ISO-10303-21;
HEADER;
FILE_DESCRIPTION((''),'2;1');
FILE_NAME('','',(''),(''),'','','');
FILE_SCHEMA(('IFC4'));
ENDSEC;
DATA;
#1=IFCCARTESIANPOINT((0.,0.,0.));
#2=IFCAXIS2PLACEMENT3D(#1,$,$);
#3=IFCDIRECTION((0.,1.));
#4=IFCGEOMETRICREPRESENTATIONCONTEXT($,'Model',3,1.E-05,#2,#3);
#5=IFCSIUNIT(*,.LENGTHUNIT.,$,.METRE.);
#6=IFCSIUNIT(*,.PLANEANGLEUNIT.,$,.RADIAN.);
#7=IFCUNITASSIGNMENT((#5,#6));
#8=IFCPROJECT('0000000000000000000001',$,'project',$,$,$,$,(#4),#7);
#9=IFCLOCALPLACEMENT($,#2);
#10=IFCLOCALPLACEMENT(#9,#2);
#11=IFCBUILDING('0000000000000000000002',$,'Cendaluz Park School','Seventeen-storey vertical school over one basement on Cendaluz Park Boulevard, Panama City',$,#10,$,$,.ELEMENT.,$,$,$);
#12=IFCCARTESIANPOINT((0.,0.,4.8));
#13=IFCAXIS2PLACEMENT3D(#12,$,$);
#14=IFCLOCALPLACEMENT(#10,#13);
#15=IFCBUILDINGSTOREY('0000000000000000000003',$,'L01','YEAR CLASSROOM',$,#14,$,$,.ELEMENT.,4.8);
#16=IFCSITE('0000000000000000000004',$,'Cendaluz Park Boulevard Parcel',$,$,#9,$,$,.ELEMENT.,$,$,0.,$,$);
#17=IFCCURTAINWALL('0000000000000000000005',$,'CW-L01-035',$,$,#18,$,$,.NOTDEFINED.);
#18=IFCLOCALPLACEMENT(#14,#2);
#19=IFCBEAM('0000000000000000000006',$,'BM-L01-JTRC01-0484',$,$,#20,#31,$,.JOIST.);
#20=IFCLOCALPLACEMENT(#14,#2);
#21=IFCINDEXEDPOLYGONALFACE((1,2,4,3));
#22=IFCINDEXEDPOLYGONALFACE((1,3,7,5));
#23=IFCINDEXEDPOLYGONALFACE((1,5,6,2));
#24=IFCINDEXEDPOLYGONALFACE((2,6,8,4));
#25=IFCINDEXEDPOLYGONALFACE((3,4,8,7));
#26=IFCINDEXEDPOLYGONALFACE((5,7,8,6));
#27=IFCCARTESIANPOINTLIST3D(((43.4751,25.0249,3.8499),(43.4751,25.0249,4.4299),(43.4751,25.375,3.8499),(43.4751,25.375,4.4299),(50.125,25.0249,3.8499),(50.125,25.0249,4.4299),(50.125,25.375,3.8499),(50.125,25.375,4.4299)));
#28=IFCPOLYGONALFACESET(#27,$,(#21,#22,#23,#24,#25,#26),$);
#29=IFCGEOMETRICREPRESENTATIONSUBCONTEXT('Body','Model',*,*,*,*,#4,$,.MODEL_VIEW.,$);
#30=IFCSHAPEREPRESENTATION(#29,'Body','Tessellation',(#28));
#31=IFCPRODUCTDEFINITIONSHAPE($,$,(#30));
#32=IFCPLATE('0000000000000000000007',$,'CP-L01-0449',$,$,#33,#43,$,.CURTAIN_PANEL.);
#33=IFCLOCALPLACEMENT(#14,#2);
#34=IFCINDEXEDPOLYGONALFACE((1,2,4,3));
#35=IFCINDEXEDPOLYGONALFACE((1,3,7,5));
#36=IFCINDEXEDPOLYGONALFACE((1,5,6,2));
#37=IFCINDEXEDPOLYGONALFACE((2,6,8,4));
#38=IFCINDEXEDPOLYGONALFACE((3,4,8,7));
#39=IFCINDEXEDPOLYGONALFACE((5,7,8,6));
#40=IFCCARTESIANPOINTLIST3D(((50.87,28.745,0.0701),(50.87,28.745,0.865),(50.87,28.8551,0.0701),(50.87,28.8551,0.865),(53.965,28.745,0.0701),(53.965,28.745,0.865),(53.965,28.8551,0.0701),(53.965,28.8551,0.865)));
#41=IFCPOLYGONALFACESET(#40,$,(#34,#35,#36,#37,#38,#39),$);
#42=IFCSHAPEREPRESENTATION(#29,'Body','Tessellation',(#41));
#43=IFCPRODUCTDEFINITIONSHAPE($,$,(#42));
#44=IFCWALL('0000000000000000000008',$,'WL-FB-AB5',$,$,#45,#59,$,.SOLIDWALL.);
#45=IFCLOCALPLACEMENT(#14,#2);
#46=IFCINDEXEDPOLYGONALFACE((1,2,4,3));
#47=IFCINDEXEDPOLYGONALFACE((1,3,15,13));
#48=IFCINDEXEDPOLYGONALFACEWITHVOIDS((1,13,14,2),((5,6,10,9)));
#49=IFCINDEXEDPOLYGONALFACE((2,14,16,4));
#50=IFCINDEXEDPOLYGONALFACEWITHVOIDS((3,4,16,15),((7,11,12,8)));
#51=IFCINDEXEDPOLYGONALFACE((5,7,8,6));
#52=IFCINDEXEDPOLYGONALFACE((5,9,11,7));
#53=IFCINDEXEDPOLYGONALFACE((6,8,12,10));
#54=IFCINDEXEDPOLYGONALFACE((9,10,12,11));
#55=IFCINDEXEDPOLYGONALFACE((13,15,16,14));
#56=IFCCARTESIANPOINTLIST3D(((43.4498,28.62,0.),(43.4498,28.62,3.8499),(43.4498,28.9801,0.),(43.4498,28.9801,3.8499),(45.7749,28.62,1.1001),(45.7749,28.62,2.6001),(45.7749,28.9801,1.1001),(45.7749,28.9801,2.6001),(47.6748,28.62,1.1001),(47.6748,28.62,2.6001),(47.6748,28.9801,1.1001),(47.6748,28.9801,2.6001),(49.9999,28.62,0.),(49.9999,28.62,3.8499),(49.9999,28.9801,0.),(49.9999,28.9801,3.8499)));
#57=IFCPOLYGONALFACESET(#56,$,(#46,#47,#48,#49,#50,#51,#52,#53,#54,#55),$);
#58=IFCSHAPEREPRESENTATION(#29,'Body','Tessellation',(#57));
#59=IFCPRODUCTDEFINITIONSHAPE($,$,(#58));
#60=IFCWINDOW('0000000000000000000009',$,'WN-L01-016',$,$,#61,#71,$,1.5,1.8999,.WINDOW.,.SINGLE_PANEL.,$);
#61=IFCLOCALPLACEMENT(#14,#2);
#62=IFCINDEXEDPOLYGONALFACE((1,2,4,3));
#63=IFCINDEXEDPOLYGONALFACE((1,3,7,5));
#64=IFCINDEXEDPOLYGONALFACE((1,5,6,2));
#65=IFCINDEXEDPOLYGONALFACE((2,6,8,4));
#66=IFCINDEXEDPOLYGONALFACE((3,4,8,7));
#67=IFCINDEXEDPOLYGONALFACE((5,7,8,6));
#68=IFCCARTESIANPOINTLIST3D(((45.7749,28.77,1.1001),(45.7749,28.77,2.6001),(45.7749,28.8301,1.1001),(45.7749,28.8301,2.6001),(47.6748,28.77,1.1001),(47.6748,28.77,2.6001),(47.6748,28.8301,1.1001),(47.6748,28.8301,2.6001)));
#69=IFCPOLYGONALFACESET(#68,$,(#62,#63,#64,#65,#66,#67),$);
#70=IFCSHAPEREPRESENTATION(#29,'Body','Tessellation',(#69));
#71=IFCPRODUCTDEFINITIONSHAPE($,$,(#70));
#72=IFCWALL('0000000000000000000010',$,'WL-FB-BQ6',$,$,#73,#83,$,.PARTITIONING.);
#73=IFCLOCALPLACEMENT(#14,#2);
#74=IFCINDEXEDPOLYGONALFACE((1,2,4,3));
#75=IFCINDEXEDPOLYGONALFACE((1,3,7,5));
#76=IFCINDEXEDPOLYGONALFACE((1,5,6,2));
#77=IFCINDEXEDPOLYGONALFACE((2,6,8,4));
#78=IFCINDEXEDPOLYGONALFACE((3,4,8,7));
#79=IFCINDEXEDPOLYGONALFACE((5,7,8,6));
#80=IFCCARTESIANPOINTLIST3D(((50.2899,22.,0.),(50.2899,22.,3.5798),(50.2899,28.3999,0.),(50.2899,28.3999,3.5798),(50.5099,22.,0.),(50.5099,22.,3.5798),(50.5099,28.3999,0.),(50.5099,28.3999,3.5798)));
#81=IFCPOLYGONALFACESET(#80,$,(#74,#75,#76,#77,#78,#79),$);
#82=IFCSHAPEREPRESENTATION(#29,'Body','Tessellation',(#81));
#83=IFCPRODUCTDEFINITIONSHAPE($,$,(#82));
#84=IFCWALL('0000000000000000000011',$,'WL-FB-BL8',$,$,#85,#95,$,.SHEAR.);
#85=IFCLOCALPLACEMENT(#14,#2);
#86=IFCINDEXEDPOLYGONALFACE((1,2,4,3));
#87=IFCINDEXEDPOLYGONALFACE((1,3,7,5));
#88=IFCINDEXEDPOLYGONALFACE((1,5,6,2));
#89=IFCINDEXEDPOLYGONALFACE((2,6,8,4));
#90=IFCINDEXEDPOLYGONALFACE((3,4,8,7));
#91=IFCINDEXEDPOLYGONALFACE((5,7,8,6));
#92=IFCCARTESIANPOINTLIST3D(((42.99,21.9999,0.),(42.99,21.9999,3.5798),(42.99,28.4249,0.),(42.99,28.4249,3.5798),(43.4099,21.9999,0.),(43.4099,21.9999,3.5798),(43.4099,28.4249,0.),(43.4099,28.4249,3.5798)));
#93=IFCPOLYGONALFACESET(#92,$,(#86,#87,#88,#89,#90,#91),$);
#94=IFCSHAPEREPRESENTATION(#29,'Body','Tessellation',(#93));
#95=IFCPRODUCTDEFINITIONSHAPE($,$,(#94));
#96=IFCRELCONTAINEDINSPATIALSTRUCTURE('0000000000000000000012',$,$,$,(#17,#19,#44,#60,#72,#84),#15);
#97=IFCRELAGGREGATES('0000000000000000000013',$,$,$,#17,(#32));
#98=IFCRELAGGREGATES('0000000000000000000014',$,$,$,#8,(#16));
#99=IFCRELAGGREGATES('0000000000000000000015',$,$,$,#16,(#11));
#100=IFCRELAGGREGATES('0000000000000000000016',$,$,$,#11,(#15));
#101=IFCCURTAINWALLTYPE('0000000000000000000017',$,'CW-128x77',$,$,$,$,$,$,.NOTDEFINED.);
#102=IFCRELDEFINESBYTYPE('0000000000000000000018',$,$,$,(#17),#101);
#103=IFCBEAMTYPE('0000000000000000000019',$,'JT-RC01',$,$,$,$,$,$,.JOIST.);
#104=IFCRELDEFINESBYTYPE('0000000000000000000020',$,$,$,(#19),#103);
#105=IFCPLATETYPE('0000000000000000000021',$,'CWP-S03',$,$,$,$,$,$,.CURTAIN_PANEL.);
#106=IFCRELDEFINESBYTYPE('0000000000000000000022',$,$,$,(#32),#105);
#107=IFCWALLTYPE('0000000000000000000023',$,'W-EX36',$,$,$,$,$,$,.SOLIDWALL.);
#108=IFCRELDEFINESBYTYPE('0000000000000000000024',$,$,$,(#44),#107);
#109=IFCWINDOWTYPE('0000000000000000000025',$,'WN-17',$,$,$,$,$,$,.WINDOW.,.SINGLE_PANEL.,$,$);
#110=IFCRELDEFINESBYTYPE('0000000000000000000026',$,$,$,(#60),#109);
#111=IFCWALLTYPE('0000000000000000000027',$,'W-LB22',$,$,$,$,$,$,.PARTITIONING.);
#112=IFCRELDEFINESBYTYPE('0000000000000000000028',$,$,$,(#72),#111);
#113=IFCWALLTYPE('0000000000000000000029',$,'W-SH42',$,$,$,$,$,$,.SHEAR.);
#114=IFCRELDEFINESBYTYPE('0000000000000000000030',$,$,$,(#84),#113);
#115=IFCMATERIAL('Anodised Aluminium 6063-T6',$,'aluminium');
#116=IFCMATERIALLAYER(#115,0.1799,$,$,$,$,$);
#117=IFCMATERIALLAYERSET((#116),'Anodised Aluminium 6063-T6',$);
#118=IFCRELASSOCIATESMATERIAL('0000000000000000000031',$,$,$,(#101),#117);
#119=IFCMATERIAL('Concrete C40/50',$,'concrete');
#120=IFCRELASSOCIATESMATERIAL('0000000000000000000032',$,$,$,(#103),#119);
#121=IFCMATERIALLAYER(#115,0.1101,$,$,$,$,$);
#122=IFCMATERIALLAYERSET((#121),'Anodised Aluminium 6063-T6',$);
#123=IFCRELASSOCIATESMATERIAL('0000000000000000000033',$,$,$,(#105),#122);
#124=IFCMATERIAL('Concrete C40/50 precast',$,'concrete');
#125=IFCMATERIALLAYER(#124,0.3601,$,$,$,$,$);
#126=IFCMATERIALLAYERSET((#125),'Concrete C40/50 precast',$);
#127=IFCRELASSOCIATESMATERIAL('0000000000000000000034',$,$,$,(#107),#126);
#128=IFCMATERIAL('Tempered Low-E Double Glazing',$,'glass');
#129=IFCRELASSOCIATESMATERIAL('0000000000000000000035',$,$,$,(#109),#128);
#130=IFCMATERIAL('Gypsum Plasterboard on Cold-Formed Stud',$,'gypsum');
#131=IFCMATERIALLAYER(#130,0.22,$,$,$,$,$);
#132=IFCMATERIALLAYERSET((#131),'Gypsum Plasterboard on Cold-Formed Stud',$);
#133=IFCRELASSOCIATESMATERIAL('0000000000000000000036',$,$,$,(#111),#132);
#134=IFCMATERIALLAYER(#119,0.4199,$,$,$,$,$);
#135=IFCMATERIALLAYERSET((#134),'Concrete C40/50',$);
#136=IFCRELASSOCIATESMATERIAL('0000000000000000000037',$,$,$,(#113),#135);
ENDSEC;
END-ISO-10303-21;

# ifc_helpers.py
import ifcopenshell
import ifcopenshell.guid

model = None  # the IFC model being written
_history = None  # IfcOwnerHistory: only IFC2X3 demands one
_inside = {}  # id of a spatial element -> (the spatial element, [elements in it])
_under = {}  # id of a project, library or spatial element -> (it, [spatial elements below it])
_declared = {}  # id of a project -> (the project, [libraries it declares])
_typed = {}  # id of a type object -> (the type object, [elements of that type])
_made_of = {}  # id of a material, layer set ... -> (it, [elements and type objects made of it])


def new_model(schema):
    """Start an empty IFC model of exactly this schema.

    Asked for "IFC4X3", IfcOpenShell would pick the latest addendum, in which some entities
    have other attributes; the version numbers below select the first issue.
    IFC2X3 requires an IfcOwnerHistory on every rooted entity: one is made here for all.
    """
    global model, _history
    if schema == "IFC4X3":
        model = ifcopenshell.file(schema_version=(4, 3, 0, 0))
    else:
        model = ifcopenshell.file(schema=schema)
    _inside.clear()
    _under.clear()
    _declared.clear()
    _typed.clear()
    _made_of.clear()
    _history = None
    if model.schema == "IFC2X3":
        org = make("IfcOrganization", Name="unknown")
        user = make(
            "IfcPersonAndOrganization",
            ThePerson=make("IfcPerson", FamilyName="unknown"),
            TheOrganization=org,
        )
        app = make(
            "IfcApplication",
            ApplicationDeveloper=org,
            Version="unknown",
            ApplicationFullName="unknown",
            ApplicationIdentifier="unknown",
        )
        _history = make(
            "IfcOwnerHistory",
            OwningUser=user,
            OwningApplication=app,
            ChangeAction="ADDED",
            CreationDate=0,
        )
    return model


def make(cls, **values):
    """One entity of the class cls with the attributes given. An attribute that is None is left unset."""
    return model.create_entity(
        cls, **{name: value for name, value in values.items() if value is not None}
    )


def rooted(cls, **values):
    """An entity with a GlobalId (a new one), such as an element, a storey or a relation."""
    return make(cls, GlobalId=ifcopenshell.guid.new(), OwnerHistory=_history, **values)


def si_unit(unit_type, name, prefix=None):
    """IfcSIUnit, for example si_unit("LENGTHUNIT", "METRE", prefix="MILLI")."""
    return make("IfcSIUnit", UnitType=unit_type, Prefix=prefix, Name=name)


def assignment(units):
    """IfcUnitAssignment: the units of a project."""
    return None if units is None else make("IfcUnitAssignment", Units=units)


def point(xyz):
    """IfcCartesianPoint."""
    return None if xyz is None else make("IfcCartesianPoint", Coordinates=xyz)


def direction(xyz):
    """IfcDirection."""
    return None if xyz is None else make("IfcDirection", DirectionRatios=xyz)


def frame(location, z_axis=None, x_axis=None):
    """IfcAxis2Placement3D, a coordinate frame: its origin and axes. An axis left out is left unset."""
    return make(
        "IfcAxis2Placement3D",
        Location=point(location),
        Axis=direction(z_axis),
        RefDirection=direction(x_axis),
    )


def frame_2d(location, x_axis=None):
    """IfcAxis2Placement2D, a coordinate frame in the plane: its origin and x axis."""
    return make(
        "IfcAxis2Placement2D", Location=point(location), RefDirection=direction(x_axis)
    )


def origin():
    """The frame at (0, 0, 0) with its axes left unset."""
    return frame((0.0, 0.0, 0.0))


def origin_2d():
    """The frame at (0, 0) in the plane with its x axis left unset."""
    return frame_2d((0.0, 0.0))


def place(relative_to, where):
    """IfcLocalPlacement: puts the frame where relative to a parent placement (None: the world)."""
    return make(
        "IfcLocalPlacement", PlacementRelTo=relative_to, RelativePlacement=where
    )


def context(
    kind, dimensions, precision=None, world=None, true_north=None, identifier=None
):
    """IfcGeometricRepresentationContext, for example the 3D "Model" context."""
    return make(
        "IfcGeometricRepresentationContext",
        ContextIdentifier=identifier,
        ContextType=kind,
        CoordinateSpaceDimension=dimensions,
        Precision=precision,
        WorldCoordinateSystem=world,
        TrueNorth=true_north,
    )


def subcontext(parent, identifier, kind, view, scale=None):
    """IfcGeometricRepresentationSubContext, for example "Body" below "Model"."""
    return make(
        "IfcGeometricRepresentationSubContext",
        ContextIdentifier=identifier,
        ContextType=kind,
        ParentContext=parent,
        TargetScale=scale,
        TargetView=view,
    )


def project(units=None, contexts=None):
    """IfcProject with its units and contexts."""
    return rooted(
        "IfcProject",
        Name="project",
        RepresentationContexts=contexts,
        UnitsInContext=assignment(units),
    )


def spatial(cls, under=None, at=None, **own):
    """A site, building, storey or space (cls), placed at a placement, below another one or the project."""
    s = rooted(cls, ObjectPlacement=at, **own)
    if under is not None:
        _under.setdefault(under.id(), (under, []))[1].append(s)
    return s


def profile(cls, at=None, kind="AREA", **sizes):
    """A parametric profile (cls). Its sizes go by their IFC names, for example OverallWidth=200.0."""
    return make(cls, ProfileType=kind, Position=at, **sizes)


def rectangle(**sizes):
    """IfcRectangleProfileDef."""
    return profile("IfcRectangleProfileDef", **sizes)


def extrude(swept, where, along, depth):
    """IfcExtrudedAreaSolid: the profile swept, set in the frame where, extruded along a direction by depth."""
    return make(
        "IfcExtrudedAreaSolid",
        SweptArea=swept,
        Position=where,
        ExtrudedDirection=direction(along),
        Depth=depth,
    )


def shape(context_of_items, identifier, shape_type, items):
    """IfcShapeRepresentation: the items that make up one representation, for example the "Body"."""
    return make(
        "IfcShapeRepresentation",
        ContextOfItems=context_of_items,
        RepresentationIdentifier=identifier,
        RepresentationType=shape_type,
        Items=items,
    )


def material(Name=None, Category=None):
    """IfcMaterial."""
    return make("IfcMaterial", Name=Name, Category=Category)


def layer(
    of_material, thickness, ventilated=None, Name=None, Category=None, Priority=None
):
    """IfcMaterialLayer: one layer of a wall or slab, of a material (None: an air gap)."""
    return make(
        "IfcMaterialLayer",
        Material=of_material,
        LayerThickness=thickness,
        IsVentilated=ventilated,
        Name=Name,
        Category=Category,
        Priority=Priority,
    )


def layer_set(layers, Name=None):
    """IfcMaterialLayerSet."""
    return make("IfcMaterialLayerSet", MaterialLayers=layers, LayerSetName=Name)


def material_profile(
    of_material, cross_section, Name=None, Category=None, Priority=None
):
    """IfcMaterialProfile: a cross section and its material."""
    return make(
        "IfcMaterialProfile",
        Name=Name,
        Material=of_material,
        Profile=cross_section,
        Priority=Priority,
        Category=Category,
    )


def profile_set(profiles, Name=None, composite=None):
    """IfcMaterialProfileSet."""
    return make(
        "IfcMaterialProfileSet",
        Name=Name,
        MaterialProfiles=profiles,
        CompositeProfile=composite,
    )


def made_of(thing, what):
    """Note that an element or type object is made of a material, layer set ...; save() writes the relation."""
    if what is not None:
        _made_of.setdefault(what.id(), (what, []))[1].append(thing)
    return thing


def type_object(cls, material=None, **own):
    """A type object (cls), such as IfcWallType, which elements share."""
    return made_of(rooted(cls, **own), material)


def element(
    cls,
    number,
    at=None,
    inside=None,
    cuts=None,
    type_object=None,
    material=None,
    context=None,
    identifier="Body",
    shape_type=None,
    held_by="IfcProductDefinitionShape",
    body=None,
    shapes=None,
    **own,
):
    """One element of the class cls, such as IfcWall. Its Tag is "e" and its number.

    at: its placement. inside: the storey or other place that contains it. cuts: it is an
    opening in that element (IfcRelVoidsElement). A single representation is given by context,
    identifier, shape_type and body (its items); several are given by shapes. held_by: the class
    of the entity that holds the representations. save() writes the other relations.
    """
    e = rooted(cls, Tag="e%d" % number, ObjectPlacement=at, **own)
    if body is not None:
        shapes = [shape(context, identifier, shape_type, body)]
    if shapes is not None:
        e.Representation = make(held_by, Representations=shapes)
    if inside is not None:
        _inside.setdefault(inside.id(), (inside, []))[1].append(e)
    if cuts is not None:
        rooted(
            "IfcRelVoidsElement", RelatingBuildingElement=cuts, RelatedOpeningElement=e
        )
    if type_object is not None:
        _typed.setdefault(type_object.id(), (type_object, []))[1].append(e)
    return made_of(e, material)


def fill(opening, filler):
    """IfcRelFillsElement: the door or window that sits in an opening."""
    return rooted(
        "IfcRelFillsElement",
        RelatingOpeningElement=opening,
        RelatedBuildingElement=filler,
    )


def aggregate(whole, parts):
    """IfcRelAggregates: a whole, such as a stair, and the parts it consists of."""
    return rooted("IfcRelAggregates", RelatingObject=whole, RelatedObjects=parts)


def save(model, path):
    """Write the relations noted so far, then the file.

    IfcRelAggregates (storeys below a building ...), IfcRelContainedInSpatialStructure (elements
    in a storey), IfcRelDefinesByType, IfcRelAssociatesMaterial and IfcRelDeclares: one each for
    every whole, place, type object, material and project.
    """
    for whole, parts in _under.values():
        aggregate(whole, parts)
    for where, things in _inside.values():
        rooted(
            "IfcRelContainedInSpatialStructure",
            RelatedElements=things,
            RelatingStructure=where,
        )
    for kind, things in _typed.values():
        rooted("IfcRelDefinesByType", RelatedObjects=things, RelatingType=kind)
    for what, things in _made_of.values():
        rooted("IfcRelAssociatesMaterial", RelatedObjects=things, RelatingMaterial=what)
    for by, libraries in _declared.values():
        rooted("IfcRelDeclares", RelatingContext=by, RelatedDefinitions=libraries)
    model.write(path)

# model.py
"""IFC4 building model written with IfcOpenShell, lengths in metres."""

from ifc_helpers import new_model, si_unit, direction, frame, frame_2d, origin, origin_2d, place, context, subcontext, project, spatial, rectangle, extrude, material, layer, layer_set, material_profile, profile_set, type_object, element, fill, aggregate, save


model = new_model("IFC4")

# Units and contexts
model_context = context("Model", 3, precision=1e-05, world=origin(), true_north=direction((0.0, 1.0)))
body_context = subcontext(model_context, "Body", "Model", "MODEL_VIEW")
ifc_project = project(units=[si_unit("LENGTHUNIT", "METRE"), si_unit("PLANEANGLEUNIT", "RADIAN")], contexts=[model_context])

# Site, building, storey
site_placement = place(None, origin())
site = spatial("IfcSite", under=ifc_project, at=site_placement, Name="Cendaluz Park Boulevard Parcel", CompositionType="ELEMENT", RefElevation=0.0)
building_placement = place(site_placement, origin())
building = spatial("IfcBuilding", under=site, at=building_placement, Name="Cendaluz Park School", Description="Seventeen-storey vertical school over one basement on Cendaluz Park Boulevard, Panama City", CompositionType="ELEMENT")
storey_placement = place(building_placement, frame((0.0, 0.0, 4.8)))
storey = spatial("IfcBuildingStorey", under=building, at=storey_placement, Name="L01", Description="YEAR CLASSROOM", CompositionType="ELEMENT", Elevation=4.8)

# Shared definitions
ifc_material_1 = material(Name="Concrete C40/50", Category="concrete")

# Curtain wall
ifc_material_2 = material(Name="Anodised Aluminium 6063-T6", Category="aluminium")
ifc_layer_1 = layer(ifc_material_2, 0.1799)
ifc_layer_set_1 = layer_set([ifc_layer_1], Name="Anodised Aluminium 6063-T6")
curtain_wall_type = type_object("IfcCurtainWallType", Name="CW-128x77", PredefinedType="NOTDEFINED", material=ifc_layer_set_1)
curtain_wall_placement = place(storey_placement, origin())
curtain_wall = element("IfcCurtainWall", 1, at=curtain_wall_placement, inside=storey, type_object=curtain_wall_type, Name="CW-L01-035", PredefinedType="NOTDEFINED")

# Beam
ifc_material_profile_1 = material_profile(ifc_material_1, rectangle(XDim=0.3501, YDim=0.5801, at=origin_2d()), Name="RC 350x580", Category="concrete")
ifc_profile_set_1 = profile_set([ifc_material_profile_1], Name="Concrete C40/50")
beam_type_1 = type_object("IfcBeamType", Name="JT-RC01", PredefinedType="JOIST", material=ifc_profile_set_1)
beam_1_placement = place(storey_placement, frame((43.4751, 25.2, 4.1399), z_axis=(1.0, 0.0, 0.0), x_axis=(0.0, 1.0, 0.0)))
element("IfcBeam", 2, at=beam_1_placement, inside=storey, type_object=beam_type_1, Name="BM-L01-JTRC01-0484", PredefinedType="JOIST", context=body_context, shape_type="SweptSolid", body=[
    extrude(rectangle(XDim=0.3501, YDim=0.5801, at=origin_2d()), origin(), (0.0, 0.0, 1.0), 6.6499),
])

# Plate
ifc_layer_2 = layer(ifc_material_2, 0.1101)
ifc_layer_set_2 = layer_set([ifc_layer_2], Name="Anodised Aluminium 6063-T6")
plate_type = type_object("IfcPlateType", Name="CWP-S03", PredefinedType="CURTAIN_PANEL", material=ifc_layer_set_2)
plate_placement = place(storey_placement, frame((52.4175, 28.8, 0.0701), z_axis=(0.0, 0.0, 1.0), x_axis=(1.0, 0.0, 0.0)))
plate = element("IfcPlate", 3, at=plate_placement, type_object=plate_type, Name="CP-L01-0449", PredefinedType="CURTAIN_PANEL", context=body_context, shape_type="SweptSolid", body=[
    extrude(rectangle(XDim=3.095, YDim=0.1101, at=origin_2d()), origin(), (0.0, 0.0, 1.0), 0.7949),
])
aggregate(curtain_wall, [plate])

# Wall, opening, window
ifc_material_3 = material(Name="Concrete C40/50 precast", Category="concrete")
ifc_layer_3 = layer(ifc_material_3, 0.3601)
ifc_layer_set_3 = layer_set([ifc_layer_3], Name="Concrete C40/50 precast")
wall_type_1 = type_object("IfcWallType", Name="W-EX36", PredefinedType="SOLIDWALL", material=ifc_layer_set_3)
wall_1_placement = place(storey_placement, frame((43.45, 28.8, 0.0), z_axis=(0.0, 0.0, 1.0), x_axis=(1.0, 0.0, 0.0)))
wall_1 = element("IfcWall", 4, at=wall_1_placement, inside=storey, type_object=wall_type_1, Name="WL-FB-AB5", PredefinedType="SOLIDWALL", context=body_context, shape_type="SweptSolid", body=[
    extrude(rectangle(XDim=6.55, YDim=0.3601, at=frame_2d((3.2749, 0.0))), origin(), (0.0, 0.0, 1.0), 3.8499),
])
opening_placement = place(wall_1_placement, frame((2.325, 0.0, 1.1001)))
opening = element("IfcOpeningElement", 5, at=opening_placement, cuts=wall_1, PredefinedType="OPENING", context=body_context, shape_type="SweptSolid", body=[
    extrude(rectangle(XDim=1.8999, YDim=1.5, at=frame_2d((0.95, 0.75))), frame((0.0, 0.1921, 0.0), z_axis=(0.0, -1.0, 0.0), x_axis=(1.0, 0.0, 0.0)), (0.0, 0.0, 1.0), 0.384),
])
ifc_material_4 = material(Name="Tempered Low-E Double Glazing", Category="glass")
window_type = type_object("IfcWindowType", Name="WN-17", PartitioningType="SINGLE_PANEL", PredefinedType="WINDOW", material=ifc_material_4)
window_placement = place(opening_placement, origin())
window = element("IfcWindow", 6, at=window_placement, inside=storey, type_object=window_type, Name="WN-L01-016", OverallHeight=1.5, OverallWidth=1.8999, PartitioningType="SINGLE_PANEL", PredefinedType="WINDOW", context=body_context, shape_type="SweptSolid", body=[
    extrude(rectangle(XDim=1.8999, YDim=1.5, at=frame_2d((0.95, 0.75))), frame((0.0, 0.03, 0.0), z_axis=(0.0, -1.0, 0.0), x_axis=(1.0, 0.0, 0.0)), (0.0, 0.0, 1.0), 0.0601),
])
fill(opening, window)

# Walls
ifc_material_5 = material(Name="Gypsum Plasterboard on Cold-Formed Stud", Category="gypsum")
ifc_layer_4 = layer(ifc_material_5, 0.22)
ifc_layer_set_4 = layer_set([ifc_layer_4], Name="Gypsum Plasterboard on Cold-Formed Stud")
wall_type_2 = type_object("IfcWallType", Name="W-LB22", PredefinedType="PARTITIONING", material=ifc_layer_set_4)
wall_2_placement = place(storey_placement, frame((50.3999, 22.0, 0.0), z_axis=(0.0, 0.0, 1.0), x_axis=(0.0, 1.0, 0.0)))
element("IfcWall", 7, at=wall_2_placement, inside=storey, type_object=wall_type_2, Name="WL-FB-BQ6", PredefinedType="PARTITIONING", context=body_context, shape_type="SweptSolid", body=[
    extrude(rectangle(XDim=6.3999, YDim=0.22, at=frame_2d((3.2, 0.0))), origin(), (0.0, 0.0, 1.0), 3.5798),
])
ifc_layer_5 = layer(ifc_material_1, 0.4199)
ifc_layer_set_5 = layer_set([ifc_layer_5], Name="Concrete C40/50")
wall_type_3 = type_object("IfcWallType", Name="W-SH42", PredefinedType="SHEAR", material=ifc_layer_set_5)
wall_3_placement = place(storey_placement, frame((43.2, 22.0, 0.0), z_axis=(0.0, 0.0, 1.0), x_axis=(0.0, 1.0, 0.0)))
element("IfcWall", 8, at=wall_3_placement, inside=storey, type_object=wall_type_3, Name="WL-FB-BL8", PredefinedType="SHEAR", context=body_context, shape_type="SweptSolid", body=[
    extrude(rectangle(XDim=6.425, YDim=0.4199, at=frame_2d((3.2124, 0.0))), origin(), (0.0, 0.0, 1.0), 3.5798),
])

save(model, "model.ifc")
